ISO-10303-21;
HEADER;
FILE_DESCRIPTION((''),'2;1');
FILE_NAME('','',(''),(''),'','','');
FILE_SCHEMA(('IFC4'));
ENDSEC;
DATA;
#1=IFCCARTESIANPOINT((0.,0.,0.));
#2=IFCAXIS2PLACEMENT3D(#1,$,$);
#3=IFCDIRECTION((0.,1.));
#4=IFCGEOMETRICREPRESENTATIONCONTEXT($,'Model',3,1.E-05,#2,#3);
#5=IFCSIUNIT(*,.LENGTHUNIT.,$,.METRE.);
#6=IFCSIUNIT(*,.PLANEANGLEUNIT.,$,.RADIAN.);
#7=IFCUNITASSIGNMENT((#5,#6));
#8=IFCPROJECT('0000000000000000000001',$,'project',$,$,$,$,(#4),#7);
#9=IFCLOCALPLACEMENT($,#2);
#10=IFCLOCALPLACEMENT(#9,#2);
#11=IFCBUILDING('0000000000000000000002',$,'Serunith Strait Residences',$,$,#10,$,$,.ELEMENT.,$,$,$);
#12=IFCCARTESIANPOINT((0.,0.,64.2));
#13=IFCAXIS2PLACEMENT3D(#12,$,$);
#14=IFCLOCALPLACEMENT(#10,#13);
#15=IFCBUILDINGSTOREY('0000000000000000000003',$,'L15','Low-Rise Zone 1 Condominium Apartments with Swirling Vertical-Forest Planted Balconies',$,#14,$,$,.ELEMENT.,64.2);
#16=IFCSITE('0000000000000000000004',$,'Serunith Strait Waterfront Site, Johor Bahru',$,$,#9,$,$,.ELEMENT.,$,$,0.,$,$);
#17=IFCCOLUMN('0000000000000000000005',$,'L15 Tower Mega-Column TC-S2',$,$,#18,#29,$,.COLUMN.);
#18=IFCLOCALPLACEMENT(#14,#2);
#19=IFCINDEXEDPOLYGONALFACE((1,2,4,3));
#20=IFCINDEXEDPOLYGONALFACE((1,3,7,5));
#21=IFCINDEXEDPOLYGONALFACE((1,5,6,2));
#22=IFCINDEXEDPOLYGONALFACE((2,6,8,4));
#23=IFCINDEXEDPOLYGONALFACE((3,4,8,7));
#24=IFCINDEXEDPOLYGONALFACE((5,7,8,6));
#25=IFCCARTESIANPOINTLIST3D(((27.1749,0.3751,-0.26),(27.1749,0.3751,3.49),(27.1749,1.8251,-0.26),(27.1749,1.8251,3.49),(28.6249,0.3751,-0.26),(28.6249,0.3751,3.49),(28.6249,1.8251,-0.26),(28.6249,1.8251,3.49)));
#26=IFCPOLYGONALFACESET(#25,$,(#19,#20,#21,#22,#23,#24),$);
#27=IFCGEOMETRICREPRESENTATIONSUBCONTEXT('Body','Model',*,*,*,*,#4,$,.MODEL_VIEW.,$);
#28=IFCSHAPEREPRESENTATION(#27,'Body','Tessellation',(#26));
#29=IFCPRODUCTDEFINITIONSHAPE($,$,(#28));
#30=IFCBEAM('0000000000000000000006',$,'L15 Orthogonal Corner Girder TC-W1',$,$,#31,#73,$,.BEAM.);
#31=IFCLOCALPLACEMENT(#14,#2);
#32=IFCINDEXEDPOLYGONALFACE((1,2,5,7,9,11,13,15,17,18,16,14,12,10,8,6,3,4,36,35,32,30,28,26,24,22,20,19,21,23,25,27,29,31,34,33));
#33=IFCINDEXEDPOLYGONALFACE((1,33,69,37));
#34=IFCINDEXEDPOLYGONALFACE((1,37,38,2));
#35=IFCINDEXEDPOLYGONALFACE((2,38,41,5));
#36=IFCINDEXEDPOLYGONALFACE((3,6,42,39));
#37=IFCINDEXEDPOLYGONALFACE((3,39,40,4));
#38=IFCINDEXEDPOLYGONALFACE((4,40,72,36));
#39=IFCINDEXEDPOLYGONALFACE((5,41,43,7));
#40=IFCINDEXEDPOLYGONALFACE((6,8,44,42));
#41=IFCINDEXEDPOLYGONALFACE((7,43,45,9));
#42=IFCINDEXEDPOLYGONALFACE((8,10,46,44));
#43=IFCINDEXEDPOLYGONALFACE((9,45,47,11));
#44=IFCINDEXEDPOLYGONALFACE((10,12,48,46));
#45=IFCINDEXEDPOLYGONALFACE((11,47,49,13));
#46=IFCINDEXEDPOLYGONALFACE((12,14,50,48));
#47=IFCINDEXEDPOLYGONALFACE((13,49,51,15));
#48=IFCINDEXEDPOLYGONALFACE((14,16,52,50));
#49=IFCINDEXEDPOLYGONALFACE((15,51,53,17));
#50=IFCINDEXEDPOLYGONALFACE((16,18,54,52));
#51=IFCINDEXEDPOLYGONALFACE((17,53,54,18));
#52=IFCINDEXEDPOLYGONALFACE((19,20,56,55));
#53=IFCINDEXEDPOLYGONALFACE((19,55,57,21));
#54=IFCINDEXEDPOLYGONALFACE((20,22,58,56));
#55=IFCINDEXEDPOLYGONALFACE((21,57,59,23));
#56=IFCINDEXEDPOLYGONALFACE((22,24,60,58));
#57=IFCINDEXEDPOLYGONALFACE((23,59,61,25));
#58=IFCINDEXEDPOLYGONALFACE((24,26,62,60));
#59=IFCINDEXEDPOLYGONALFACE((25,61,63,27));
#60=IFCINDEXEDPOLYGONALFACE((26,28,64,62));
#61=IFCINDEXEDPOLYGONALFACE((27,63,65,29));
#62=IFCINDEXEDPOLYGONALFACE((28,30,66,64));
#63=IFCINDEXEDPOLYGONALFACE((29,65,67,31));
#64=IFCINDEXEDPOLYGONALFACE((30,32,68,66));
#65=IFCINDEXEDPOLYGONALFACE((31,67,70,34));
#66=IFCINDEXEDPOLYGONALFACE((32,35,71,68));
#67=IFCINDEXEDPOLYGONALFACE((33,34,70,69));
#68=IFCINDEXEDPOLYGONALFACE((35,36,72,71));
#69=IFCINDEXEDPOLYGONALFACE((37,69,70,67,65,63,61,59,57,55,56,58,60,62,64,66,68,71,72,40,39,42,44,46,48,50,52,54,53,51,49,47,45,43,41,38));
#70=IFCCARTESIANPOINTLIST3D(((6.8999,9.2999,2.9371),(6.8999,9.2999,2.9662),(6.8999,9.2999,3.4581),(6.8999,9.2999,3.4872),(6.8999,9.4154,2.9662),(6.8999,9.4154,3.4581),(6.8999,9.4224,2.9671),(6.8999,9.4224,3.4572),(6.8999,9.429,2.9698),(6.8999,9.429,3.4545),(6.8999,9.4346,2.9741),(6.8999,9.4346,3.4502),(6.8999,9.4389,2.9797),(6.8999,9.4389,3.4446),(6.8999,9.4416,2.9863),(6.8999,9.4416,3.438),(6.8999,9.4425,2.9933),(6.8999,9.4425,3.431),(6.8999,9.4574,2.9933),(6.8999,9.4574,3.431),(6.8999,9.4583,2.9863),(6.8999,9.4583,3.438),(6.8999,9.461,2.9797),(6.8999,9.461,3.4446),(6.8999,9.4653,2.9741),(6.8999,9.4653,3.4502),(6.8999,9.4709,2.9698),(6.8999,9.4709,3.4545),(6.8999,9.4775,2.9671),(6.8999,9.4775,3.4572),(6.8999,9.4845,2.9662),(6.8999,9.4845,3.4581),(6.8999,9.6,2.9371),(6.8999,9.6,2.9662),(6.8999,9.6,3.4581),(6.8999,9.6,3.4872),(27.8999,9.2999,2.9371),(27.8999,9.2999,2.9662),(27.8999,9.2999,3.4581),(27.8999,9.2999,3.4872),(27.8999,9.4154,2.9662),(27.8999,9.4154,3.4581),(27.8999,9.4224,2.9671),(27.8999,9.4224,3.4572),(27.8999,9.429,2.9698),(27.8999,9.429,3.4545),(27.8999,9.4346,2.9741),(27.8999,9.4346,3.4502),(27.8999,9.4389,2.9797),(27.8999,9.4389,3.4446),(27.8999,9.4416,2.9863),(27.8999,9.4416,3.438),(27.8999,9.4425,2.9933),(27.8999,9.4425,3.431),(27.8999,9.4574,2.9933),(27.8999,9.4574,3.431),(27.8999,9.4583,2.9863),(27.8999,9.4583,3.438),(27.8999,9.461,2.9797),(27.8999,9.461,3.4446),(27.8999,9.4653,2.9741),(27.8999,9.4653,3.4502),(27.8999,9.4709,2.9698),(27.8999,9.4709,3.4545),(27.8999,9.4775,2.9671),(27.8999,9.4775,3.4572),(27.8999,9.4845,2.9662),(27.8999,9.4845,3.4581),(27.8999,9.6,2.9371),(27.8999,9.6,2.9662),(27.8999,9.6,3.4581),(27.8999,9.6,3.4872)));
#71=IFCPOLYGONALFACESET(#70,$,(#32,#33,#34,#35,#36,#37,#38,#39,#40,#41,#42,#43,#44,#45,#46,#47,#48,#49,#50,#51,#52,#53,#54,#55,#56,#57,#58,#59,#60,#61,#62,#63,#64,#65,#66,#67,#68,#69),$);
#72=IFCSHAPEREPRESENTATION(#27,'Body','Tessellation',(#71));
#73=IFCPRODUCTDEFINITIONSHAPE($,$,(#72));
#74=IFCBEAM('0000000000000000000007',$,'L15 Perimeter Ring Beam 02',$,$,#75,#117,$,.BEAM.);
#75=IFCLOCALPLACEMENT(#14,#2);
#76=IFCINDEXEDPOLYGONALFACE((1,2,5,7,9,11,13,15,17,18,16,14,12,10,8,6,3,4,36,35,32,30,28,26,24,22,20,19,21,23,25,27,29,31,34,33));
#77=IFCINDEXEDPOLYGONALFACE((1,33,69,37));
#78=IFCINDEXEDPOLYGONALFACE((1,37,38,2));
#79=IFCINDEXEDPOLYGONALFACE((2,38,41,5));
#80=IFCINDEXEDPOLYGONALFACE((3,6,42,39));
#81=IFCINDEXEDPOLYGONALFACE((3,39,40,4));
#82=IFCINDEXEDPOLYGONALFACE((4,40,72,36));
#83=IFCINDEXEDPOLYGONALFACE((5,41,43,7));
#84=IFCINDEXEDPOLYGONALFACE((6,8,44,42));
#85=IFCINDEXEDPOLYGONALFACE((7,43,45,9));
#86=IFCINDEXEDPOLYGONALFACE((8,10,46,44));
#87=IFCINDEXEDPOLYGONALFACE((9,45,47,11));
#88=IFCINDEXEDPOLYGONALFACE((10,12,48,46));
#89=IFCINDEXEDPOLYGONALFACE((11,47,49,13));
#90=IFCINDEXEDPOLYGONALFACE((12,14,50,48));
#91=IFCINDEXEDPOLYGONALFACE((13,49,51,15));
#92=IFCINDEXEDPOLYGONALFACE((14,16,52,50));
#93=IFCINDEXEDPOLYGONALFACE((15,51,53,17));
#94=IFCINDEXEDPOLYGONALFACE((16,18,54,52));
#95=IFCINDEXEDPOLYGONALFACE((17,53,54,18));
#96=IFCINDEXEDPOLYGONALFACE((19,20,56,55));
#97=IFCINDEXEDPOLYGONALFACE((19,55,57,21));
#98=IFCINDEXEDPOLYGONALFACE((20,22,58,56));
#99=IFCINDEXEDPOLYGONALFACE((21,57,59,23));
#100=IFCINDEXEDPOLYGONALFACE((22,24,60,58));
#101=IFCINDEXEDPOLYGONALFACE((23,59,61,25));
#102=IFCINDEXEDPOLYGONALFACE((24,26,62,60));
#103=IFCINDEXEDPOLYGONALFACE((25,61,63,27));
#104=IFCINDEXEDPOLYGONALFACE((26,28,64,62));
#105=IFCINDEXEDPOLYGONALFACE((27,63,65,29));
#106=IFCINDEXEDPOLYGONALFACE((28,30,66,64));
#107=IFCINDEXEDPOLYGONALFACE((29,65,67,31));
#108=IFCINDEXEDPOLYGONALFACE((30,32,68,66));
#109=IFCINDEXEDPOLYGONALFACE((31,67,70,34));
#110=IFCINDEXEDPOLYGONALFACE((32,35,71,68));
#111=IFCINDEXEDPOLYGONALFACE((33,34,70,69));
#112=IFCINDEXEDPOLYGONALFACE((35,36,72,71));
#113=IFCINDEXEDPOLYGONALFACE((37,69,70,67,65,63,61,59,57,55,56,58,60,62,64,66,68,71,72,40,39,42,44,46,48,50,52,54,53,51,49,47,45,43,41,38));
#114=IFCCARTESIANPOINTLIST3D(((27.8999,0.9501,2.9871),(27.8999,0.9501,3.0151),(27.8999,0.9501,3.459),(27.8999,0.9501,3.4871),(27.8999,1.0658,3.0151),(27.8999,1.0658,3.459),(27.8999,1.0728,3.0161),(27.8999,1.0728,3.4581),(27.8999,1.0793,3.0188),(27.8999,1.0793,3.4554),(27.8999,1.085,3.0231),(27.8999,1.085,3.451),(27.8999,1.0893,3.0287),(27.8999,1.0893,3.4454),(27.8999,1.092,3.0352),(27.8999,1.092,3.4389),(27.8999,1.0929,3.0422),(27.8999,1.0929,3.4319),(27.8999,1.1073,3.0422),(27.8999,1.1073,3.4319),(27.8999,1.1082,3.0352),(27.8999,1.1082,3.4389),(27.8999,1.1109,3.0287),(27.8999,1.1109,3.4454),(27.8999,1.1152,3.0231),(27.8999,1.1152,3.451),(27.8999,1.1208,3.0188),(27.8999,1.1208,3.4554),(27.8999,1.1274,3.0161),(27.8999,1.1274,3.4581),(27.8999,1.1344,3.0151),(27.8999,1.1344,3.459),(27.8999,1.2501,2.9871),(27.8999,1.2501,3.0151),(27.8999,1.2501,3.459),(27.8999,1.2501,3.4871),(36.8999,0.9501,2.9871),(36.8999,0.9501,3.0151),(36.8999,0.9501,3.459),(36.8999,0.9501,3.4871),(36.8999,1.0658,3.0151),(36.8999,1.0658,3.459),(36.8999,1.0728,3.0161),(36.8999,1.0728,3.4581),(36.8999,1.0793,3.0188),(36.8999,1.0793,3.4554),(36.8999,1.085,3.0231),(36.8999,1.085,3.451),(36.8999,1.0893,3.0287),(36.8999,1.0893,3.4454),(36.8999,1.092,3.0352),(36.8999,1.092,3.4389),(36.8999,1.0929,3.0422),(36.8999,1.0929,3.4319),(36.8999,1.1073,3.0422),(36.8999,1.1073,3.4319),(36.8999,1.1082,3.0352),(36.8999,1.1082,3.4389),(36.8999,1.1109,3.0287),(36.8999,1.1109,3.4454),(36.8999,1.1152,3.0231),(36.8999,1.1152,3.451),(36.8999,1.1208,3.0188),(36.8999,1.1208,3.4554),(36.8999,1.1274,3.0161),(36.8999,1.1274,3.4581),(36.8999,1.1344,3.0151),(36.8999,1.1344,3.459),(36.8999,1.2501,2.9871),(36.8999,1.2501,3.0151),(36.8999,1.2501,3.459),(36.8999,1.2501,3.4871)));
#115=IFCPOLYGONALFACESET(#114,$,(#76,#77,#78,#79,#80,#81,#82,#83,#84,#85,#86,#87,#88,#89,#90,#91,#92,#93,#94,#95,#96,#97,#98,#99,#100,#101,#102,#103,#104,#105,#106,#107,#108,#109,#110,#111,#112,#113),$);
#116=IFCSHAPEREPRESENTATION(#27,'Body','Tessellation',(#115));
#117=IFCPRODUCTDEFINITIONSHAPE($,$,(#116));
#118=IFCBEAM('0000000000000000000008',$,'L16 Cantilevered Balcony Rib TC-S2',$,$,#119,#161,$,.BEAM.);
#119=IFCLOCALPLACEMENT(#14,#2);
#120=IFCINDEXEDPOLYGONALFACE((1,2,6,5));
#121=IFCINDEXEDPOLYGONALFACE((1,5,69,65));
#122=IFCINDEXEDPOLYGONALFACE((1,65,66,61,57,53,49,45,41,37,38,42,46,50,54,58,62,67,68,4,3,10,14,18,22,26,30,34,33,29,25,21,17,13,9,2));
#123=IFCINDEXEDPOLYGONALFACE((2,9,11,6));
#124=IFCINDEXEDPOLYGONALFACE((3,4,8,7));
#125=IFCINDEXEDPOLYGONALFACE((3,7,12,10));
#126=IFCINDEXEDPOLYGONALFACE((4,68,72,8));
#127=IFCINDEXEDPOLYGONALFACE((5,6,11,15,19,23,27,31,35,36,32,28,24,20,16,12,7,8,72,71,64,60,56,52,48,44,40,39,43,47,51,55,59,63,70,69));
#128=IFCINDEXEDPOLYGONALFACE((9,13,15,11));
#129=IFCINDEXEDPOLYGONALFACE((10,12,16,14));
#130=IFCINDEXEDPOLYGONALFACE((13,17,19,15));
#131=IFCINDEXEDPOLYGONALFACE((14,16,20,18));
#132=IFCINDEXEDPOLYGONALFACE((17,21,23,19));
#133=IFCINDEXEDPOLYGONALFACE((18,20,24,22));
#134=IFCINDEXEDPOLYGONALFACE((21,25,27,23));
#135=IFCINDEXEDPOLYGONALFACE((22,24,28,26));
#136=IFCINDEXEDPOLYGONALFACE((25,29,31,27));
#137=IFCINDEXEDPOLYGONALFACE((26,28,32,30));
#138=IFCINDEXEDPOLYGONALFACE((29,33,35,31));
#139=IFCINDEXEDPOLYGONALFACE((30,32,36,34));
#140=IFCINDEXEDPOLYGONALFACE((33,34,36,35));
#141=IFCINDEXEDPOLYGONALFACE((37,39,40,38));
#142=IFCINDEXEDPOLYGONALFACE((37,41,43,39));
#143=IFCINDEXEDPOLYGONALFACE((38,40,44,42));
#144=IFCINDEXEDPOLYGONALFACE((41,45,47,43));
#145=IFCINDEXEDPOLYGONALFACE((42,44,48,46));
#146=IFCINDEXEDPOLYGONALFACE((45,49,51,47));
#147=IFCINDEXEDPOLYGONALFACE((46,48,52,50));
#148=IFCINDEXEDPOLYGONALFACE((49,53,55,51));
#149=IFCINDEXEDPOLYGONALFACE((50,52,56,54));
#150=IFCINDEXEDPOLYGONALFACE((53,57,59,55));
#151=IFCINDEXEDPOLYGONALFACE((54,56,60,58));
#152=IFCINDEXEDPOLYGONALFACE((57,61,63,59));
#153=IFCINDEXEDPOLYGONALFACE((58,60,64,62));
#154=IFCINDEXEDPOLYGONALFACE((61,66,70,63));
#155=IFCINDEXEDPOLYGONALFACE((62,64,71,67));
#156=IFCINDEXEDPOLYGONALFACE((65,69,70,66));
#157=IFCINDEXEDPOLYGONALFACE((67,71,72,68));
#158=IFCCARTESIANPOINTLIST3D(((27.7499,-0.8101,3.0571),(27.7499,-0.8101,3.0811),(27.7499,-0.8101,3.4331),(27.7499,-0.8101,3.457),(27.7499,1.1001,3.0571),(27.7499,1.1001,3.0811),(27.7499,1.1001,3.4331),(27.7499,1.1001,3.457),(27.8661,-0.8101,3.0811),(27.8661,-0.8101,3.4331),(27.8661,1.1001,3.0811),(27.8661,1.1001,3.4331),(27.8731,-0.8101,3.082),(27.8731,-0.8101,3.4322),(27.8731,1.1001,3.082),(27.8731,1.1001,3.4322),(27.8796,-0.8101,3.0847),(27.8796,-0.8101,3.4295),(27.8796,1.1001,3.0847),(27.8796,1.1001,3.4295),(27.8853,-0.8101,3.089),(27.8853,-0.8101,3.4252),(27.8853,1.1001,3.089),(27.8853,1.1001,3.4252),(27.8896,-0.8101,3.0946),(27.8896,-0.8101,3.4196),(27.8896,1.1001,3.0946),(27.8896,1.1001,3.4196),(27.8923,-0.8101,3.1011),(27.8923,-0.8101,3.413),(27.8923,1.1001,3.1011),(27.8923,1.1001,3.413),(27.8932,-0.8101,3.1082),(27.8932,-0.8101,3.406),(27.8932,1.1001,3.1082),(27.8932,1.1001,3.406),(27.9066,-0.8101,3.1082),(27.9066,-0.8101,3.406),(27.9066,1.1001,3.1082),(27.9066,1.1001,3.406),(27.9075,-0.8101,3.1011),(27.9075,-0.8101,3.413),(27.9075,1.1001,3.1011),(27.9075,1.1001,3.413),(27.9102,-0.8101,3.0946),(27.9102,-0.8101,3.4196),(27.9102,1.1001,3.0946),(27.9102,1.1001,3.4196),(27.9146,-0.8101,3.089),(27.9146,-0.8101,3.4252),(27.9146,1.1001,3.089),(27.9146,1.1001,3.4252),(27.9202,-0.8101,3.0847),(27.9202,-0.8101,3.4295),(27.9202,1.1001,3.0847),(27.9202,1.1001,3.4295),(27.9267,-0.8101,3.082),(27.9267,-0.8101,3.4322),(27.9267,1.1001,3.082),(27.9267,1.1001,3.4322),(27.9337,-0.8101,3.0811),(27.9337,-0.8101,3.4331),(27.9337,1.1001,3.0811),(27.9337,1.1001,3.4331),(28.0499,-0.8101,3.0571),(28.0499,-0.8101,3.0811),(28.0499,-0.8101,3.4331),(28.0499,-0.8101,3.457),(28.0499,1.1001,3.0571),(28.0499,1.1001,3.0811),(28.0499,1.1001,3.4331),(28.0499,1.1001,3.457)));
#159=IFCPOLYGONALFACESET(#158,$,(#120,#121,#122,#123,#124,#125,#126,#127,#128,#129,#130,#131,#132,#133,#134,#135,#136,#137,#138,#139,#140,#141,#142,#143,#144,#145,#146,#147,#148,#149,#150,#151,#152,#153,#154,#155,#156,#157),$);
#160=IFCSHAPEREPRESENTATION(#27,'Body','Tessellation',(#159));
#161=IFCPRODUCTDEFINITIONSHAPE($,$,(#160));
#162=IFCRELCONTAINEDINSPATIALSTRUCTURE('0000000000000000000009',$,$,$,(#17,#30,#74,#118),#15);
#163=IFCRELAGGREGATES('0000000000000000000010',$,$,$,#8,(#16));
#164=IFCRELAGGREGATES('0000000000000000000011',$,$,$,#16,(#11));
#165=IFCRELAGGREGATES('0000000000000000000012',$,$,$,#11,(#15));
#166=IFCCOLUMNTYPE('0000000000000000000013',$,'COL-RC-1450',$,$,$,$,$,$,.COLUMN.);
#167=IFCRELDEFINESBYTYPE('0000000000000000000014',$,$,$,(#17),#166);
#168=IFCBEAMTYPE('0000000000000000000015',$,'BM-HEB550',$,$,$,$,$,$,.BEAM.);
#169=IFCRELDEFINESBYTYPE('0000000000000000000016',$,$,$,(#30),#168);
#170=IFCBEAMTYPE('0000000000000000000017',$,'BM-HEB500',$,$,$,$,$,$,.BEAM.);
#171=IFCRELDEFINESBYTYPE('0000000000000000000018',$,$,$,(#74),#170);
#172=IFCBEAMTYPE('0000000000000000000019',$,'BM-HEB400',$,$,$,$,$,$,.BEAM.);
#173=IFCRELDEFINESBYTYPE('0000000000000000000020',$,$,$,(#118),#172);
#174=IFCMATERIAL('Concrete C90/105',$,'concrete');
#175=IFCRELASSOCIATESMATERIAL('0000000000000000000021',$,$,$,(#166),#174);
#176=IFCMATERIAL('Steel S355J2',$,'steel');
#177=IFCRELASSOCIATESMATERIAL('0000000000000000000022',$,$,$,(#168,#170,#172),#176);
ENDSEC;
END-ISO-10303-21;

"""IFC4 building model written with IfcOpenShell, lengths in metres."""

from ifc_helpers import new_model, si_unit, direction, frame, origin, origin_2d, place, context, subcontext, project, spatial, rectangle, i_section, extrude, source, transform, mapped, material, material_profile, profile_set, type_object, element, save


model = new_model("IFC4")

# Units and contexts
model_context = context("Model", 3, precision=1e-05, world=origin(), true_north=direction((0.0, 1.0)))
body_context = subcontext(model_context, "Body", "Model", "MODEL_VIEW")
ifc_project = project(units=[si_unit("LENGTHUNIT", "METRE"), si_unit("PLANEANGLEUNIT", "RADIAN")], contexts=[model_context])

# Site, building, storey
site_placement = place(None, origin())
site = spatial("IfcSite", under=ifc_project, at=site_placement, Name="Serunith Strait Waterfront Site, Johor Bahru", CompositionType="ELEMENT", RefElevation=0.0)
building_placement = place(site_placement, origin())
building = spatial("IfcBuilding", under=site, at=building_placement, Name="Serunith Strait Residences", CompositionType="ELEMENT")
storey_placement = place(building_placement, frame((0.0, 0.0, 64.2)))
storey = spatial("IfcBuildingStorey", under=building, at=storey_placement, Name="L15", Description="Low-Rise Zone 1 Condominium Apartments with Swirling Vertical-Forest Planted Balconies", CompositionType="ELEMENT", Elevation=64.2)

# Column
ifc_material_1 = material(Name="Concrete C90/105", Category="concrete")
ifc_material_profile_1 = material_profile(ifc_material_1, rectangle(XDim=1.45, YDim=1.45, at=origin_2d()), Name="RC 1450x1450")
ifc_profile_set_1 = profile_set([ifc_material_profile_1], Name="Concrete C90/105")
column_type = type_object("IfcColumnType", Name="COL-RC-1450", PredefinedType="COLUMN", material=ifc_profile_set_1)
shared_shape_1 = source(origin(), body_context, "Body", "SweptSolid", [
    extrude(rectangle(XDim=1.45, YDim=1.45, at=origin_2d()), origin(), (0.0, 0.0, 1.0), 3.75),
])
column_placement = place(storey_placement, frame((27.8999, 1.1001, -0.26), z_axis=(0.0, 0.0, 1.0), x_axis=(1.0, 0.0, 0.0)))
element("IfcColumn", 1, at=column_placement, inside=storey, type_object=column_type, Name="L15 Tower Mega-Column TC-S2", PredefinedType="COLUMN", context=body_context, shape_type="MappedRepresentation", body=[
    mapped(shared_shape_1, transform((0.0, 0.0, 0.0), scale=1.0)),
])

# Beams
ifc_material_2 = material(Name="Steel S355J2", Category="steel")
ifc_material_profile_2 = material_profile(ifc_material_2, i_section(OverallWidth=0.3, OverallDepth=0.55, WebThickness=0.0149, FlangeThickness=0.0291, FilletRadius=0.0271, at=origin_2d()), Name="HEB 550")
ifc_profile_set_2 = profile_set([ifc_material_profile_2], Name="Steel S355J2")
beam_type_1 = type_object("IfcBeamType", Name="BM-HEB550", PredefinedType="BEAM", material=ifc_profile_set_2)
shared_shape_2 = source(origin(), body_context, "Body", "SweptSolid", [
    extrude(i_section(OverallWidth=0.3, OverallDepth=0.55, WebThickness=0.0149, FlangeThickness=0.0291, FilletRadius=0.0271, at=origin_2d()), origin(), (0.0, 0.0, 1.0), 21.0),
])
beam_1_placement = place(storey_placement, frame((27.8999, 9.45, 3.2122), z_axis=(-1.0, 0.0, 0.0), x_axis=(0.0, -1.0, 0.0)))
element("IfcBeam", 2, at=beam_1_placement, inside=storey, type_object=beam_type_1, Name="L15 Orthogonal Corner Girder TC-W1", PredefinedType="BEAM", context=body_context, shape_type="MappedRepresentation", body=[
    mapped(shared_shape_2, transform((0.0, 0.0, 0.0), scale=1.0)),
])
ifc_material_profile_3 = material_profile(ifc_material_2, i_section(OverallWidth=0.3, OverallDepth=0.5, WebThickness=0.0144, FlangeThickness=0.0281, FilletRadius=0.0271, at=origin_2d()), Name="HEB 500")
ifc_profile_set_3 = profile_set([ifc_material_profile_3], Name="Steel S355J2")
beam_type_2 = type_object("IfcBeamType", Name="BM-HEB500", PredefinedType="BEAM", material=ifc_profile_set_3)
shared_shape_3 = source(origin(), body_context, "Body", "SweptSolid", [
    extrude(i_section(OverallWidth=0.3, OverallDepth=0.5, WebThickness=0.0144, FlangeThickness=0.0281, FilletRadius=0.0271, at=origin_2d()), origin(), (0.0, 0.0, 1.0), 9.0),
])
beam_2_placement = place(storey_placement, frame((27.8999, 1.1001, 3.2371), z_axis=(1.0, 0.0, 0.0), x_axis=(0.0, 1.0, 0.0)))
element("IfcBeam", 3, at=beam_2_placement, inside=storey, type_object=beam_type_2, Name="L15 Perimeter Ring Beam 02", PredefinedType="BEAM", context=body_context, shape_type="MappedRepresentation", body=[
    mapped(shared_shape_3, transform((0.0, 0.0, 0.0), scale=1.0)),
])
ifc_material_profile_4 = material_profile(ifc_material_2, i_section(OverallWidth=0.3, OverallDepth=0.3999, WebThickness=0.0134, FlangeThickness=0.0239, FilletRadius=0.0271, at=origin_2d()), Name="HEB 400")
ifc_profile_set_4 = profile_set([ifc_material_profile_4], Name="Steel S355J2")
beam_type_3 = type_object("IfcBeamType", Name="BM-HEB400", PredefinedType="BEAM", material=ifc_profile_set_4)
shared_shape_4 = source(origin(), body_context, "Body", "SweptSolid", [
    extrude(i_section(OverallWidth=0.3, OverallDepth=0.3999, WebThickness=0.0134, FlangeThickness=0.0239, FilletRadius=0.0271, at=origin_2d()), origin(), (0.0, 0.0, 1.0), 1.9102),
])
beam_3_placement = place(storey_placement, frame((27.8999, 1.1001, 3.2571), z_axis=(0.0, -1.0, 0.0), x_axis=(1.0, 0.0, 0.0)))
element("IfcBeam", 4, at=beam_3_placement, inside=storey, type_object=beam_type_3, Name="L16 Cantilevered Balcony Rib TC-S2", PredefinedType="BEAM", context=body_context, shape_type="MappedRepresentation", body=[
    mapped(shared_shape_4, transform((0.0, 0.0, 0.0), scale=1.0)),
])

save(model, "model.ifc")
